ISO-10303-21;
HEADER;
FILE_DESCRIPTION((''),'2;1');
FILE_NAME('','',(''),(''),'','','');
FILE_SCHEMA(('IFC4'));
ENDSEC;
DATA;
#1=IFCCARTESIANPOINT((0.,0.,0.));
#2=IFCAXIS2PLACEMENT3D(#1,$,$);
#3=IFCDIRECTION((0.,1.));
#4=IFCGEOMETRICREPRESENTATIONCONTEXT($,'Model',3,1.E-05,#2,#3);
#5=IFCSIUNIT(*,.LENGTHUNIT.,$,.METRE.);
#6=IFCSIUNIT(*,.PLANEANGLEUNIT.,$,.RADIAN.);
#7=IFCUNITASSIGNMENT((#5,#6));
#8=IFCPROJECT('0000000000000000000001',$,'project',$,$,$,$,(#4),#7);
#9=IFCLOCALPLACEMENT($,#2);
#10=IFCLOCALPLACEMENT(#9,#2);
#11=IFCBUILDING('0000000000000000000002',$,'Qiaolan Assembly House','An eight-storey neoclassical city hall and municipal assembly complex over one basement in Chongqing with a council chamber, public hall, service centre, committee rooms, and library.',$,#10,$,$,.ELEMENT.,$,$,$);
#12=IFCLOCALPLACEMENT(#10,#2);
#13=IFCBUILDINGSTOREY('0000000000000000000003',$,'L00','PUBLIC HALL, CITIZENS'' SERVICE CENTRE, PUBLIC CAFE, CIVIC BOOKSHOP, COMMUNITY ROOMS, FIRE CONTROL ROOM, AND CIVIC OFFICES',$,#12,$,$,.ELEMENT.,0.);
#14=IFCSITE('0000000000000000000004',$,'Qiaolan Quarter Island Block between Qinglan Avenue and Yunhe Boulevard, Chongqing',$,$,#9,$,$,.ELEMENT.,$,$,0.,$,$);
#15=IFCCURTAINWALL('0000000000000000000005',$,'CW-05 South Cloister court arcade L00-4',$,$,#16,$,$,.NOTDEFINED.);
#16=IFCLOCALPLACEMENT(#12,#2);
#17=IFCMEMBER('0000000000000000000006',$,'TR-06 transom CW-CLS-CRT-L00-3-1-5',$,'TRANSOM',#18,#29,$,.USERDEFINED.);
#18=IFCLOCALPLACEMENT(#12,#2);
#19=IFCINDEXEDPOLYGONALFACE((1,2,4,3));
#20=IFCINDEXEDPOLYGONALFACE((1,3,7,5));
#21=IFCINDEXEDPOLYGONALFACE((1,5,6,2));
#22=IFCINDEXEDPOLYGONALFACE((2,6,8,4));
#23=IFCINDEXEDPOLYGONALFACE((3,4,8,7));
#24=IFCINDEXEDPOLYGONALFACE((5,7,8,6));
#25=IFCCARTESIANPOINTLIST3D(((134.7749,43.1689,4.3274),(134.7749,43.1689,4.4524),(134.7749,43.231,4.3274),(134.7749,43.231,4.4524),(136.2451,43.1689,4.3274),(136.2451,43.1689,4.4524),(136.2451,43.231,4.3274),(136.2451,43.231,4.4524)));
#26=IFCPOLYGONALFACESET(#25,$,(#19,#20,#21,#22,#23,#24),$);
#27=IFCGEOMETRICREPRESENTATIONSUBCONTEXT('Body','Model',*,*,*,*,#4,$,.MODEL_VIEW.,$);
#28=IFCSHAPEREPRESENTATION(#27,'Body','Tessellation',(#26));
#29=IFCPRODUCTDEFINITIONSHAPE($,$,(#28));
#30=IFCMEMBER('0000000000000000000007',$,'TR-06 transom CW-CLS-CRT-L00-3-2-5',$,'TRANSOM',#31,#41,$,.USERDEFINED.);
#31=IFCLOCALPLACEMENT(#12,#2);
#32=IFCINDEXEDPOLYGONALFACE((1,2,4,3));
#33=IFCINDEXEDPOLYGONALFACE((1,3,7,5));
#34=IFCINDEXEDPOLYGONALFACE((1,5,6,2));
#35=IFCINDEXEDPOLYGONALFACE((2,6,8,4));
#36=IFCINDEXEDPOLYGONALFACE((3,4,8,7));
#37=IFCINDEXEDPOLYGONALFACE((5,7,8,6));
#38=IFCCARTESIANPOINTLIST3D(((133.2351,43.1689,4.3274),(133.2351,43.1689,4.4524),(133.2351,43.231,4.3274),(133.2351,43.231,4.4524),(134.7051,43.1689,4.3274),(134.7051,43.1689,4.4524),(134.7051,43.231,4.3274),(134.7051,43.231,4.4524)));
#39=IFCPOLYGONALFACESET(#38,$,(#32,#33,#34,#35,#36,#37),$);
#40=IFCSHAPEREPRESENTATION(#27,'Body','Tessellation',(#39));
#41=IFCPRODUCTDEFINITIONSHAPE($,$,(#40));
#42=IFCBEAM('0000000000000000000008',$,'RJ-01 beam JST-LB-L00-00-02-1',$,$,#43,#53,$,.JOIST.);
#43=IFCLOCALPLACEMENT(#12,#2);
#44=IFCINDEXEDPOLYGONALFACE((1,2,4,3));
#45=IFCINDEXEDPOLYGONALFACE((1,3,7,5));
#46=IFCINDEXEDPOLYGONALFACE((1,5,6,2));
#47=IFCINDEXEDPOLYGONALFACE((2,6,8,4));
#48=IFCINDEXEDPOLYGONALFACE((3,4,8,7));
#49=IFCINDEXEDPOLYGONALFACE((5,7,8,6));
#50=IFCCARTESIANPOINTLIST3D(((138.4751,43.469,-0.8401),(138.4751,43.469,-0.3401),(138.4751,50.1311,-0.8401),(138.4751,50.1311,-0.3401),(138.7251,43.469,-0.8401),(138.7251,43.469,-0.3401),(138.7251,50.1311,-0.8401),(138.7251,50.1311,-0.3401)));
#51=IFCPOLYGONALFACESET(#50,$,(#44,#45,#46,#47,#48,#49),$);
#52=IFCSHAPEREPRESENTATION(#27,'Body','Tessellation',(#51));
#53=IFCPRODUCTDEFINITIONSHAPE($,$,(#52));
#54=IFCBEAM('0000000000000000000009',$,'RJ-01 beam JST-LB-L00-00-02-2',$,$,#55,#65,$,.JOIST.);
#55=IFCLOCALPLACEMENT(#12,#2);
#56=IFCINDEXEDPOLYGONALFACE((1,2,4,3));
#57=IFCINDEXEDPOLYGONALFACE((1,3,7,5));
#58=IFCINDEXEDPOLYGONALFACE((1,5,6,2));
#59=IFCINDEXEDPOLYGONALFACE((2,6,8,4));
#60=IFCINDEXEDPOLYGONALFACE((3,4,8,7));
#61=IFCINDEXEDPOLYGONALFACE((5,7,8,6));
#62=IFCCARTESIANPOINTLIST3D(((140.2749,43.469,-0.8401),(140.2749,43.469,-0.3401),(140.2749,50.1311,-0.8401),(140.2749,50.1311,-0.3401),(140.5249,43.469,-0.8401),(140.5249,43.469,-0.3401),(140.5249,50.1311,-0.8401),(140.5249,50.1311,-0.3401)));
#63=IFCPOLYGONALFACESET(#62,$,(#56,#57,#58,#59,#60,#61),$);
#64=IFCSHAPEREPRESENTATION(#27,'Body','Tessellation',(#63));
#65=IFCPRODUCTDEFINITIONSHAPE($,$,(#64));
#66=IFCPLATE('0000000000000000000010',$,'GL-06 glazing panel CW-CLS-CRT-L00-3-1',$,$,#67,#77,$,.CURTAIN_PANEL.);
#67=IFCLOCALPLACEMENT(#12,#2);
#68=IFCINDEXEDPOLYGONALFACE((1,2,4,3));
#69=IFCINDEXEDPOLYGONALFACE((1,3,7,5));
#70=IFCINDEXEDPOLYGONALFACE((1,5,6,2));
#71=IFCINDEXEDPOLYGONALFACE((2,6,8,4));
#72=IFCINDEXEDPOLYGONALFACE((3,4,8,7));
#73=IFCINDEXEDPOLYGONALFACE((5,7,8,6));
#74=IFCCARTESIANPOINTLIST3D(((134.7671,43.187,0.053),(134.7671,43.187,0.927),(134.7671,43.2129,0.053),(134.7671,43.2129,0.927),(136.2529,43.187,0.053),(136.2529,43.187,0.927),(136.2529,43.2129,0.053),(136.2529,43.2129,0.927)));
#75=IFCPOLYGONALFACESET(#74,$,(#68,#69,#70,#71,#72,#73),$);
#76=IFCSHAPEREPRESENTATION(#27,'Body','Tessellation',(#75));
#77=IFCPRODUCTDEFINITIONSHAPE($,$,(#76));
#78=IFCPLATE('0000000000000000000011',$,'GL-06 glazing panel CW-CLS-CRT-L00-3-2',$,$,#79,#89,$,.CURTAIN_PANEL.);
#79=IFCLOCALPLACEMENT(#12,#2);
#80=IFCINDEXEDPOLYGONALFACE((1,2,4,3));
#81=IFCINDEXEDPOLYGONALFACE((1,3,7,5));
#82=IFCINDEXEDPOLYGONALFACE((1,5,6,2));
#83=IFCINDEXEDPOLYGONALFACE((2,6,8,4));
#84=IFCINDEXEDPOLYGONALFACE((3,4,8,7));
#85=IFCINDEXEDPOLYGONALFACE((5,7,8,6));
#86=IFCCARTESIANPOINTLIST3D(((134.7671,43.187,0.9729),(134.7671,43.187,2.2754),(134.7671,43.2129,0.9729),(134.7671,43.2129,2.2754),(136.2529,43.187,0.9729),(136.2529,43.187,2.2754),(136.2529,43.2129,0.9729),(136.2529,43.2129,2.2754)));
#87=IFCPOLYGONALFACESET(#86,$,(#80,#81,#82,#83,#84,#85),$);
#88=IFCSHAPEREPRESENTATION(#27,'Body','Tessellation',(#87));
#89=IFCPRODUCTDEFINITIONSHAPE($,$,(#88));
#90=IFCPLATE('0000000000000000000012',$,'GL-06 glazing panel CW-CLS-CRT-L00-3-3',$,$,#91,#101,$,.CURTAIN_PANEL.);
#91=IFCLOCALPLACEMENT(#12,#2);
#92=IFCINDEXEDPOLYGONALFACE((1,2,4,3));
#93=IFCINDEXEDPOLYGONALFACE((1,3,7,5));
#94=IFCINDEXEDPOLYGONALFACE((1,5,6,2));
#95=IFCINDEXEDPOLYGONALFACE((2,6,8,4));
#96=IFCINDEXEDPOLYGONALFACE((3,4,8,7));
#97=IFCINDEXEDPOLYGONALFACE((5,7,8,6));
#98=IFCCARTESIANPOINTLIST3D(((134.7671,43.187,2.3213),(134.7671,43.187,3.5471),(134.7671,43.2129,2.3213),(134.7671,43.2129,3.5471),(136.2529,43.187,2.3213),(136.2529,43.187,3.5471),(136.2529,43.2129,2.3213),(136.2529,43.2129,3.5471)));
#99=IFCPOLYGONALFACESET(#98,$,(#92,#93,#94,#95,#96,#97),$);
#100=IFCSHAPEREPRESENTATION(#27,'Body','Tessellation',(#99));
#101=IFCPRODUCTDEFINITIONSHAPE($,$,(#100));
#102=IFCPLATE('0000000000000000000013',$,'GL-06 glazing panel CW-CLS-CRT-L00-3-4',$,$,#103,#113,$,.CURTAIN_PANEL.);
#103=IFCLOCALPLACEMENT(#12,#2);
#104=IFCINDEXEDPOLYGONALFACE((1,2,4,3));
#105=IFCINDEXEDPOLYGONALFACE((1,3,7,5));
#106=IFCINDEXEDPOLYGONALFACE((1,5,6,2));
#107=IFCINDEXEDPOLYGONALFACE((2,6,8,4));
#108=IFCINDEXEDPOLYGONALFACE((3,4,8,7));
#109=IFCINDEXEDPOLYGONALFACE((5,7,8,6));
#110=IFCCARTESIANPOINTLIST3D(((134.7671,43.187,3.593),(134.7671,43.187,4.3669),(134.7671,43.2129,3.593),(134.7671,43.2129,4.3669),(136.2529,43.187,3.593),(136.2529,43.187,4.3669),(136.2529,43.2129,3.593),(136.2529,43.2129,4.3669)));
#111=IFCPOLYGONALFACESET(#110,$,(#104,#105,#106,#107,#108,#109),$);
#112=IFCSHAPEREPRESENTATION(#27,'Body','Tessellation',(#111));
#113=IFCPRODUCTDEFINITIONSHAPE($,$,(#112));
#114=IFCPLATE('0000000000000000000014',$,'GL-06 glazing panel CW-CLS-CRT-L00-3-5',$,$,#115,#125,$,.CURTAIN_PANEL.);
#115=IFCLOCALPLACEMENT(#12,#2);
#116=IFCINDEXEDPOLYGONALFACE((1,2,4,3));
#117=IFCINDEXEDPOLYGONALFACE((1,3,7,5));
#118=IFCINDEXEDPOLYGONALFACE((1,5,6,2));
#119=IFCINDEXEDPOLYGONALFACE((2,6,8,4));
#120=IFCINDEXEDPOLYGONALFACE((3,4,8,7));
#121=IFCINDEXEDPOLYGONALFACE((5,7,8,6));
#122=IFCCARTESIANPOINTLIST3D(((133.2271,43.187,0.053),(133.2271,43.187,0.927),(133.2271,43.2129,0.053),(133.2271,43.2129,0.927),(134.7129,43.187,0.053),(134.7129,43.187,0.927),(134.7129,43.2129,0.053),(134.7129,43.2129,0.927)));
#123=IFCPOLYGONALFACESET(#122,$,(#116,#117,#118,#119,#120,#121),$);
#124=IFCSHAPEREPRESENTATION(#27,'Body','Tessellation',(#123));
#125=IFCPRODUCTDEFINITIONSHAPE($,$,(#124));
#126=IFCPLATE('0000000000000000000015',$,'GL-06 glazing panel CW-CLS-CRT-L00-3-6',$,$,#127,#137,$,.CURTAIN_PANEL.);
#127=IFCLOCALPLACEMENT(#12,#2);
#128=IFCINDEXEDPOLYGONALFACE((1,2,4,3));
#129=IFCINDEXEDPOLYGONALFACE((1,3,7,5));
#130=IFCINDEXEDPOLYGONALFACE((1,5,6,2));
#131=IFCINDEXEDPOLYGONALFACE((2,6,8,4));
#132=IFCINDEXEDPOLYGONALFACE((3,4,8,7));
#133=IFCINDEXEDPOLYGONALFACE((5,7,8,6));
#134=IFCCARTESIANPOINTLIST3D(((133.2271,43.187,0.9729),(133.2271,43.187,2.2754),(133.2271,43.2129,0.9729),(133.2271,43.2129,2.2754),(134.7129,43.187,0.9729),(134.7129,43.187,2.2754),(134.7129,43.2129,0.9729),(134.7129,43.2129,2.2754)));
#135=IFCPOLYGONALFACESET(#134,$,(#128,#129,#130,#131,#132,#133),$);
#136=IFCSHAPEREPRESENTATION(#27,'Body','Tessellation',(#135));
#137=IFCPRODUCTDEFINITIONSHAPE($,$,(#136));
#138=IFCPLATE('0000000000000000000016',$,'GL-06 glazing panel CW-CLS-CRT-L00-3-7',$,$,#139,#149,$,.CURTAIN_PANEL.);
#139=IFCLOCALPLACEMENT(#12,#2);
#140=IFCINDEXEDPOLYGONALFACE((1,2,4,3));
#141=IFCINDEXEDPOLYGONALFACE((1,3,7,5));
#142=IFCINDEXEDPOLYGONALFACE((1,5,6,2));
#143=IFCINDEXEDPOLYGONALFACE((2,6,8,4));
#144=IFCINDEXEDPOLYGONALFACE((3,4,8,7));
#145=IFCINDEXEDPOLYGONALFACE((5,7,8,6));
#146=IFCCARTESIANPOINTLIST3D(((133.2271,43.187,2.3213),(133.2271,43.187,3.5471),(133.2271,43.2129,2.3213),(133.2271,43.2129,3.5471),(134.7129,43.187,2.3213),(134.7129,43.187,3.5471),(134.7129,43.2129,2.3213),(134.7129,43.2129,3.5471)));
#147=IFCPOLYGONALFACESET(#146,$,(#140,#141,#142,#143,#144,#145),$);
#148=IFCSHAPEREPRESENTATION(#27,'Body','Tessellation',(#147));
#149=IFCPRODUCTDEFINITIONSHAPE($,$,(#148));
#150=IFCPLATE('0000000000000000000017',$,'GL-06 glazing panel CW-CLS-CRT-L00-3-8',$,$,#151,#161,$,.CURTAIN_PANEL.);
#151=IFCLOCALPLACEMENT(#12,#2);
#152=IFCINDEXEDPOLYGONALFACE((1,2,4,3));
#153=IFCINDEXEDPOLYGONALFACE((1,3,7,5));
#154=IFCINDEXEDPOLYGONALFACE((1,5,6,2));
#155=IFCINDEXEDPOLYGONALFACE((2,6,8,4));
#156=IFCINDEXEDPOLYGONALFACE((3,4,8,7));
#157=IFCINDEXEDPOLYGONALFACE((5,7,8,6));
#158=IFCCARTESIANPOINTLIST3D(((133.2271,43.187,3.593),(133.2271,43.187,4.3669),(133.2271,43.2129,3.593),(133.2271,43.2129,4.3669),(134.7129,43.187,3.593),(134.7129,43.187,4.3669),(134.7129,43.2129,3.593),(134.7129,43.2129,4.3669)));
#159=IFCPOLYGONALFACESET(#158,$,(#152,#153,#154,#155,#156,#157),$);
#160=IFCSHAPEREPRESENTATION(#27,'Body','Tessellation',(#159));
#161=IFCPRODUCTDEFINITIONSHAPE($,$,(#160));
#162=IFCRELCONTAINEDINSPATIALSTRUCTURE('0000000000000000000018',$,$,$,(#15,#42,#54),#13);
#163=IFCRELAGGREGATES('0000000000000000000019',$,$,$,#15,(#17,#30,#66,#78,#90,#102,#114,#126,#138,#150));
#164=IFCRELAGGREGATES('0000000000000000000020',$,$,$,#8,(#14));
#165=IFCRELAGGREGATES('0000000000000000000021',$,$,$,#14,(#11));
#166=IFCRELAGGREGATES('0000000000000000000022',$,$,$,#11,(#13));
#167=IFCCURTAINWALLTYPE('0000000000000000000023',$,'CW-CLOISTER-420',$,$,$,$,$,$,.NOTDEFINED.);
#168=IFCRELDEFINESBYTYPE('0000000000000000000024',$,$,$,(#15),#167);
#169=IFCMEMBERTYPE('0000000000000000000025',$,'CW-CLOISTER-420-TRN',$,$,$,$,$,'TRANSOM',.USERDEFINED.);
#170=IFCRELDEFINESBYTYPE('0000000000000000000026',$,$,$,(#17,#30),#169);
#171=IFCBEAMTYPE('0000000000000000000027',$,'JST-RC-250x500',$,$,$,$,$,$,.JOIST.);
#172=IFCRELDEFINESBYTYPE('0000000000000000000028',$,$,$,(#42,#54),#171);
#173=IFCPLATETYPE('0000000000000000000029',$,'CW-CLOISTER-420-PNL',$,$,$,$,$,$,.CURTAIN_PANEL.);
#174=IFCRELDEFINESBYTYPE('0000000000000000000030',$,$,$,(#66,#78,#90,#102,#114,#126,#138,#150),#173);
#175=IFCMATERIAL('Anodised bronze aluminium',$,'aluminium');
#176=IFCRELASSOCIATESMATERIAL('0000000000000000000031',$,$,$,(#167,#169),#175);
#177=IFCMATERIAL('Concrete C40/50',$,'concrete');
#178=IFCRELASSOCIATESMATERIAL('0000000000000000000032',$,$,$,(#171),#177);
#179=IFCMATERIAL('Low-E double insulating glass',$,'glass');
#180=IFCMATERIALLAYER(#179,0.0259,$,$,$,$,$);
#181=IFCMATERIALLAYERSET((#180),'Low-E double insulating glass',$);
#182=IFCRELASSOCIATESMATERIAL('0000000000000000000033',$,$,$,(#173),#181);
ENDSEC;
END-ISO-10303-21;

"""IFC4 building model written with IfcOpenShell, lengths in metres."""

from ifc_helpers import new_model, si_unit, direction, frame, frame_2d, origin, origin_2d, place, context, subcontext, project, spatial, rectangle, extrude, material, layer, layer_set, material_profile, profile_set, type_object, element, aggregate, save


model = new_model("IFC4")

# Units and contexts
model_context = context("Model", 3, precision=1e-05, world=origin(), true_north=direction((0.0, 1.0)))
body_context = subcontext(model_context, "Body", "Model", "MODEL_VIEW")
ifc_project = project(units=[si_unit("LENGTHUNIT", "METRE"), si_unit("PLANEANGLEUNIT", "RADIAN")], contexts=[model_context])

# Site, building, storey
site_placement = place(None, origin())
site = spatial("IfcSite", under=ifc_project, at=site_placement, Name="Qiaolan Quarter Island Block between Qinglan Avenue and Yunhe Boulevard, Chongqing", CompositionType="ELEMENT", RefElevation=0.0)
building_placement = place(site_placement, origin())
building = spatial("IfcBuilding", under=site, at=building_placement, Name="Qiaolan Assembly House", Description="An eight-storey neoclassical city hall and municipal assembly complex over one basement in Chongqing with a council chamber, public hall, service centre, committee rooms, and library.", CompositionType="ELEMENT")
storey_placement = place(building_placement, origin())
storey = spatial("IfcBuildingStorey", under=building, at=storey_placement, Name="L00", Description="PUBLIC HALL, CITIZENS' SERVICE CENTRE, PUBLIC CAFE, CIVIC BOOKSHOP, COMMUNITY ROOMS, FIRE CONTROL ROOM, AND CIVIC OFFICES", CompositionType="ELEMENT", Elevation=0.0)

# Shared definitions
ifc_material_1 = material(Name="Concrete C40/50", Category="concrete")

# Curtain wall, members
ifc_material_2 = material(Name="Anodised bronze aluminium", Category="aluminium")
curtain_wall_type = type_object("IfcCurtainWallType", Name="CW-CLOISTER-420", PredefinedType="NOTDEFINED", material=ifc_material_2)
curtain_wall_placement = place(storey_placement, origin())
curtain_wall = element("IfcCurtainWall", 1, at=curtain_wall_placement, inside=storey, type_object=curtain_wall_type, Name="CW-05 South Cloister court arcade L00-4", PredefinedType="NOTDEFINED")
ifc_material_profile_1 = material_profile(ifc_material_2, rectangle(XDim=0.062, YDim=0.125, at=origin_2d()), Name="TRN 62x125")
ifc_profile_set_1 = profile_set([ifc_material_profile_1], Name="Anodised bronze aluminium")
member_type_1 = type_object("IfcMemberType", Name="CW-CLOISTER-420-TRN", ElementType="TRANSOM", PredefinedType="USERDEFINED", material=ifc_profile_set_1)
member_1_placement = place(storey_placement, frame((136.2451, 43.2, 4.3899), z_axis=(-1.0, 0.0, 0.0), x_axis=(0.0, -1.0, 0.0)))
member_1 = element("IfcMember", 2, at=member_1_placement, type_object=member_type_1, Name="TR-06 transom CW-CLS-CRT-L00-3-1-5", ObjectType="TRANSOM", PredefinedType="USERDEFINED", context=body_context, shape_type="SweptSolid", body=[
    extrude(rectangle(XDim=0.062, YDim=0.125, at=origin_2d()), origin(), (0.0, 0.0, 1.0), 1.4702),
])
member_2_placement = place(storey_placement, frame((134.7051, 43.2, 4.3899), z_axis=(-1.0, 0.0, 0.0), x_axis=(0.0, -1.0, 0.0)))
member_2 = element("IfcMember", 3, at=member_2_placement, type_object=member_type_1, Name="TR-06 transom CW-CLS-CRT-L00-3-2-5", ObjectType="TRANSOM", PredefinedType="USERDEFINED", context=body_context, shape_type="SweptSolid", body=[
    extrude(rectangle(XDim=0.062, YDim=0.125, at=origin_2d()), origin(), (0.0, 0.0, 1.0), 1.47),
])

# Beams
ifc_material_profile_2 = material_profile(ifc_material_1, rectangle(XDim=0.25, YDim=0.5, at=origin_2d()), Name="RCB 250x500")
ifc_profile_set_2 = profile_set([ifc_material_profile_2], Name="Concrete C40/50")
beam_type_1 = type_object("IfcBeamType", Name="JST-RC-250x500", PredefinedType="JOIST", material=ifc_profile_set_2)
for number, where, z_axis, x_axis, name in (
    (4, (138.6001, 43.469, -0.5901), (0.0, 1.0, 0.0), (-1.0, 0.0, 0.0), "RJ-01 beam JST-LB-L00-00-02-1"),
    (5, (140.3999, 43.469, -0.5901), (0.0, 1.0, 0.0), (-1.0, 0.0, 0.0), "RJ-01 beam JST-LB-L00-00-02-2"),
):
    element("IfcBeam", number, at=place(storey_placement, frame(where, z_axis=z_axis, x_axis=x_axis)), inside=storey, type_object=beam_type_1, Name=name, PredefinedType="JOIST", context=body_context, shape_type="SweptSolid", body=[
        extrude(rectangle(XDim=0.25, YDim=0.5, at=origin_2d()), origin(), (0.0, 0.0, 1.0), 6.6621),
    ])

# Plates
ifc_material_3 = material(Name="Low-E double insulating glass", Category="glass")
ifc_layer = layer(ifc_material_3, 0.0259)
ifc_layer_set = layer_set([ifc_layer], Name="Low-E double insulating glass")
plate_type = type_object("IfcPlateType", Name="CW-CLOISTER-420-PNL", PredefinedType="CURTAIN_PANEL", material=ifc_layer_set)
plate_1_placement = place(storey_placement, frame((136.2529, 43.2, 0.053), z_axis=(0.0, 0.0, 1.0), x_axis=(-1.0, 0.0, 0.0)))
plate_1 = element("IfcPlate", 6, at=plate_1_placement, type_object=plate_type, Name="GL-06 glazing panel CW-CLS-CRT-L00-3-1", PredefinedType="CURTAIN_PANEL", context=body_context, shape_type="SweptSolid", body=[
    extrude(rectangle(XDim=1.4858, YDim=0.0259, at=frame_2d((0.7429, 0.0))), origin(), (0.0, 0.0, 1.0), 0.874),
])
plate_2_placement = place(storey_placement, frame((136.2529, 43.2, 0.9729), z_axis=(0.0, 0.0, 1.0), x_axis=(-1.0, 0.0, 0.0)))
plate_2 = element("IfcPlate", 7, at=plate_2_placement, type_object=plate_type, Name="GL-06 glazing panel CW-CLS-CRT-L00-3-2", PredefinedType="CURTAIN_PANEL", context=body_context, shape_type="SweptSolid", body=[
    extrude(rectangle(XDim=1.4858, YDim=0.0259, at=frame_2d((0.7429, 0.0))), origin(), (0.0, 0.0, 1.0), 1.3025),
])
plate_3_placement = place(storey_placement, frame((136.2529, 43.2, 2.3213), z_axis=(0.0, 0.0, 1.0), x_axis=(-1.0, 0.0, 0.0)))
plate_3 = element("IfcPlate", 8, at=plate_3_placement, type_object=plate_type, Name="GL-06 glazing panel CW-CLS-CRT-L00-3-3", PredefinedType="CURTAIN_PANEL", context=body_context, shape_type="SweptSolid", body=[
    extrude(rectangle(XDim=1.4858, YDim=0.0259, at=frame_2d((0.7429, 0.0))), origin(), (0.0, 0.0, 1.0), 1.2258),
])
plate_4_placement = place(storey_placement, frame((136.2529, 43.2, 3.593), z_axis=(0.0, 0.0, 1.0), x_axis=(-1.0, 0.0, 0.0)))
plate_4 = element("IfcPlate", 9, at=plate_4_placement, type_object=plate_type, Name="GL-06 glazing panel CW-CLS-CRT-L00-3-4", PredefinedType="CURTAIN_PANEL", context=body_context, shape_type="SweptSolid", body=[
    extrude(rectangle(XDim=1.4858, YDim=0.0259, at=frame_2d((0.7429, 0.0))), origin(), (0.0, 0.0, 1.0), 0.7739),
])
plate_5_placement = place(storey_placement, frame((134.7129, 43.2, 0.053), z_axis=(0.0, 0.0, 1.0), x_axis=(-1.0, 0.0, 0.0)))
plate_5 = element("IfcPlate", 10, at=plate_5_placement, type_object=plate_type, Name="GL-06 glazing panel CW-CLS-CRT-L00-3-5", PredefinedType="CURTAIN_PANEL", context=body_context, shape_type="SweptSolid", body=[
    extrude(rectangle(XDim=1.4858, YDim=0.0259, at=frame_2d((0.7429, 0.0))), origin(), (0.0, 0.0, 1.0), 0.874),
])
plate_6_placement = place(storey_placement, frame((134.7129, 43.2, 0.9729), z_axis=(0.0, 0.0, 1.0), x_axis=(-1.0, 0.0, 0.0)))
plate_6 = element("IfcPlate", 11, at=plate_6_placement, type_object=plate_type, Name="GL-06 glazing panel CW-CLS-CRT-L00-3-6", PredefinedType="CURTAIN_PANEL", context=body_context, shape_type="SweptSolid", body=[
    extrude(rectangle(XDim=1.4858, YDim=0.0259, at=frame_2d((0.7429, 0.0))), origin(), (0.0, 0.0, 1.0), 1.3025),
])
plate_7_placement = place(storey_placement, frame((134.7129, 43.2, 2.3213), z_axis=(0.0, 0.0, 1.0), x_axis=(-1.0, 0.0, 0.0)))
plate_7 = element("IfcPlate", 12, at=plate_7_placement, type_object=plate_type, Name="GL-06 glazing panel CW-CLS-CRT-L00-3-7", PredefinedType="CURTAIN_PANEL", context=body_context, shape_type="SweptSolid", body=[
    extrude(rectangle(XDim=1.4858, YDim=0.0259, at=frame_2d((0.7429, 0.0))), origin(), (0.0, 0.0, 1.0), 1.2258),
])
plate_8_placement = place(storey_placement, frame((134.7129, 43.2, 3.593), z_axis=(0.0, 0.0, 1.0), x_axis=(-1.0, 0.0, 0.0)))
plate_8 = element("IfcPlate", 13, at=plate_8_placement, type_object=plate_type, Name="GL-06 glazing panel CW-CLS-CRT-L00-3-8", PredefinedType="CURTAIN_PANEL", context=body_context, shape_type="SweptSolid", body=[
    extrude(rectangle(XDim=1.4858, YDim=0.0259, at=frame_2d((0.7429, 0.0))), origin(), (0.0, 0.0, 1.0), 0.7739),
])
aggregate(curtain_wall, [member_1, member_2, plate_1, plate_2, plate_3, plate_4, plate_5, plate_6, plate_7, plate_8])

save(model, "model.ifc")
